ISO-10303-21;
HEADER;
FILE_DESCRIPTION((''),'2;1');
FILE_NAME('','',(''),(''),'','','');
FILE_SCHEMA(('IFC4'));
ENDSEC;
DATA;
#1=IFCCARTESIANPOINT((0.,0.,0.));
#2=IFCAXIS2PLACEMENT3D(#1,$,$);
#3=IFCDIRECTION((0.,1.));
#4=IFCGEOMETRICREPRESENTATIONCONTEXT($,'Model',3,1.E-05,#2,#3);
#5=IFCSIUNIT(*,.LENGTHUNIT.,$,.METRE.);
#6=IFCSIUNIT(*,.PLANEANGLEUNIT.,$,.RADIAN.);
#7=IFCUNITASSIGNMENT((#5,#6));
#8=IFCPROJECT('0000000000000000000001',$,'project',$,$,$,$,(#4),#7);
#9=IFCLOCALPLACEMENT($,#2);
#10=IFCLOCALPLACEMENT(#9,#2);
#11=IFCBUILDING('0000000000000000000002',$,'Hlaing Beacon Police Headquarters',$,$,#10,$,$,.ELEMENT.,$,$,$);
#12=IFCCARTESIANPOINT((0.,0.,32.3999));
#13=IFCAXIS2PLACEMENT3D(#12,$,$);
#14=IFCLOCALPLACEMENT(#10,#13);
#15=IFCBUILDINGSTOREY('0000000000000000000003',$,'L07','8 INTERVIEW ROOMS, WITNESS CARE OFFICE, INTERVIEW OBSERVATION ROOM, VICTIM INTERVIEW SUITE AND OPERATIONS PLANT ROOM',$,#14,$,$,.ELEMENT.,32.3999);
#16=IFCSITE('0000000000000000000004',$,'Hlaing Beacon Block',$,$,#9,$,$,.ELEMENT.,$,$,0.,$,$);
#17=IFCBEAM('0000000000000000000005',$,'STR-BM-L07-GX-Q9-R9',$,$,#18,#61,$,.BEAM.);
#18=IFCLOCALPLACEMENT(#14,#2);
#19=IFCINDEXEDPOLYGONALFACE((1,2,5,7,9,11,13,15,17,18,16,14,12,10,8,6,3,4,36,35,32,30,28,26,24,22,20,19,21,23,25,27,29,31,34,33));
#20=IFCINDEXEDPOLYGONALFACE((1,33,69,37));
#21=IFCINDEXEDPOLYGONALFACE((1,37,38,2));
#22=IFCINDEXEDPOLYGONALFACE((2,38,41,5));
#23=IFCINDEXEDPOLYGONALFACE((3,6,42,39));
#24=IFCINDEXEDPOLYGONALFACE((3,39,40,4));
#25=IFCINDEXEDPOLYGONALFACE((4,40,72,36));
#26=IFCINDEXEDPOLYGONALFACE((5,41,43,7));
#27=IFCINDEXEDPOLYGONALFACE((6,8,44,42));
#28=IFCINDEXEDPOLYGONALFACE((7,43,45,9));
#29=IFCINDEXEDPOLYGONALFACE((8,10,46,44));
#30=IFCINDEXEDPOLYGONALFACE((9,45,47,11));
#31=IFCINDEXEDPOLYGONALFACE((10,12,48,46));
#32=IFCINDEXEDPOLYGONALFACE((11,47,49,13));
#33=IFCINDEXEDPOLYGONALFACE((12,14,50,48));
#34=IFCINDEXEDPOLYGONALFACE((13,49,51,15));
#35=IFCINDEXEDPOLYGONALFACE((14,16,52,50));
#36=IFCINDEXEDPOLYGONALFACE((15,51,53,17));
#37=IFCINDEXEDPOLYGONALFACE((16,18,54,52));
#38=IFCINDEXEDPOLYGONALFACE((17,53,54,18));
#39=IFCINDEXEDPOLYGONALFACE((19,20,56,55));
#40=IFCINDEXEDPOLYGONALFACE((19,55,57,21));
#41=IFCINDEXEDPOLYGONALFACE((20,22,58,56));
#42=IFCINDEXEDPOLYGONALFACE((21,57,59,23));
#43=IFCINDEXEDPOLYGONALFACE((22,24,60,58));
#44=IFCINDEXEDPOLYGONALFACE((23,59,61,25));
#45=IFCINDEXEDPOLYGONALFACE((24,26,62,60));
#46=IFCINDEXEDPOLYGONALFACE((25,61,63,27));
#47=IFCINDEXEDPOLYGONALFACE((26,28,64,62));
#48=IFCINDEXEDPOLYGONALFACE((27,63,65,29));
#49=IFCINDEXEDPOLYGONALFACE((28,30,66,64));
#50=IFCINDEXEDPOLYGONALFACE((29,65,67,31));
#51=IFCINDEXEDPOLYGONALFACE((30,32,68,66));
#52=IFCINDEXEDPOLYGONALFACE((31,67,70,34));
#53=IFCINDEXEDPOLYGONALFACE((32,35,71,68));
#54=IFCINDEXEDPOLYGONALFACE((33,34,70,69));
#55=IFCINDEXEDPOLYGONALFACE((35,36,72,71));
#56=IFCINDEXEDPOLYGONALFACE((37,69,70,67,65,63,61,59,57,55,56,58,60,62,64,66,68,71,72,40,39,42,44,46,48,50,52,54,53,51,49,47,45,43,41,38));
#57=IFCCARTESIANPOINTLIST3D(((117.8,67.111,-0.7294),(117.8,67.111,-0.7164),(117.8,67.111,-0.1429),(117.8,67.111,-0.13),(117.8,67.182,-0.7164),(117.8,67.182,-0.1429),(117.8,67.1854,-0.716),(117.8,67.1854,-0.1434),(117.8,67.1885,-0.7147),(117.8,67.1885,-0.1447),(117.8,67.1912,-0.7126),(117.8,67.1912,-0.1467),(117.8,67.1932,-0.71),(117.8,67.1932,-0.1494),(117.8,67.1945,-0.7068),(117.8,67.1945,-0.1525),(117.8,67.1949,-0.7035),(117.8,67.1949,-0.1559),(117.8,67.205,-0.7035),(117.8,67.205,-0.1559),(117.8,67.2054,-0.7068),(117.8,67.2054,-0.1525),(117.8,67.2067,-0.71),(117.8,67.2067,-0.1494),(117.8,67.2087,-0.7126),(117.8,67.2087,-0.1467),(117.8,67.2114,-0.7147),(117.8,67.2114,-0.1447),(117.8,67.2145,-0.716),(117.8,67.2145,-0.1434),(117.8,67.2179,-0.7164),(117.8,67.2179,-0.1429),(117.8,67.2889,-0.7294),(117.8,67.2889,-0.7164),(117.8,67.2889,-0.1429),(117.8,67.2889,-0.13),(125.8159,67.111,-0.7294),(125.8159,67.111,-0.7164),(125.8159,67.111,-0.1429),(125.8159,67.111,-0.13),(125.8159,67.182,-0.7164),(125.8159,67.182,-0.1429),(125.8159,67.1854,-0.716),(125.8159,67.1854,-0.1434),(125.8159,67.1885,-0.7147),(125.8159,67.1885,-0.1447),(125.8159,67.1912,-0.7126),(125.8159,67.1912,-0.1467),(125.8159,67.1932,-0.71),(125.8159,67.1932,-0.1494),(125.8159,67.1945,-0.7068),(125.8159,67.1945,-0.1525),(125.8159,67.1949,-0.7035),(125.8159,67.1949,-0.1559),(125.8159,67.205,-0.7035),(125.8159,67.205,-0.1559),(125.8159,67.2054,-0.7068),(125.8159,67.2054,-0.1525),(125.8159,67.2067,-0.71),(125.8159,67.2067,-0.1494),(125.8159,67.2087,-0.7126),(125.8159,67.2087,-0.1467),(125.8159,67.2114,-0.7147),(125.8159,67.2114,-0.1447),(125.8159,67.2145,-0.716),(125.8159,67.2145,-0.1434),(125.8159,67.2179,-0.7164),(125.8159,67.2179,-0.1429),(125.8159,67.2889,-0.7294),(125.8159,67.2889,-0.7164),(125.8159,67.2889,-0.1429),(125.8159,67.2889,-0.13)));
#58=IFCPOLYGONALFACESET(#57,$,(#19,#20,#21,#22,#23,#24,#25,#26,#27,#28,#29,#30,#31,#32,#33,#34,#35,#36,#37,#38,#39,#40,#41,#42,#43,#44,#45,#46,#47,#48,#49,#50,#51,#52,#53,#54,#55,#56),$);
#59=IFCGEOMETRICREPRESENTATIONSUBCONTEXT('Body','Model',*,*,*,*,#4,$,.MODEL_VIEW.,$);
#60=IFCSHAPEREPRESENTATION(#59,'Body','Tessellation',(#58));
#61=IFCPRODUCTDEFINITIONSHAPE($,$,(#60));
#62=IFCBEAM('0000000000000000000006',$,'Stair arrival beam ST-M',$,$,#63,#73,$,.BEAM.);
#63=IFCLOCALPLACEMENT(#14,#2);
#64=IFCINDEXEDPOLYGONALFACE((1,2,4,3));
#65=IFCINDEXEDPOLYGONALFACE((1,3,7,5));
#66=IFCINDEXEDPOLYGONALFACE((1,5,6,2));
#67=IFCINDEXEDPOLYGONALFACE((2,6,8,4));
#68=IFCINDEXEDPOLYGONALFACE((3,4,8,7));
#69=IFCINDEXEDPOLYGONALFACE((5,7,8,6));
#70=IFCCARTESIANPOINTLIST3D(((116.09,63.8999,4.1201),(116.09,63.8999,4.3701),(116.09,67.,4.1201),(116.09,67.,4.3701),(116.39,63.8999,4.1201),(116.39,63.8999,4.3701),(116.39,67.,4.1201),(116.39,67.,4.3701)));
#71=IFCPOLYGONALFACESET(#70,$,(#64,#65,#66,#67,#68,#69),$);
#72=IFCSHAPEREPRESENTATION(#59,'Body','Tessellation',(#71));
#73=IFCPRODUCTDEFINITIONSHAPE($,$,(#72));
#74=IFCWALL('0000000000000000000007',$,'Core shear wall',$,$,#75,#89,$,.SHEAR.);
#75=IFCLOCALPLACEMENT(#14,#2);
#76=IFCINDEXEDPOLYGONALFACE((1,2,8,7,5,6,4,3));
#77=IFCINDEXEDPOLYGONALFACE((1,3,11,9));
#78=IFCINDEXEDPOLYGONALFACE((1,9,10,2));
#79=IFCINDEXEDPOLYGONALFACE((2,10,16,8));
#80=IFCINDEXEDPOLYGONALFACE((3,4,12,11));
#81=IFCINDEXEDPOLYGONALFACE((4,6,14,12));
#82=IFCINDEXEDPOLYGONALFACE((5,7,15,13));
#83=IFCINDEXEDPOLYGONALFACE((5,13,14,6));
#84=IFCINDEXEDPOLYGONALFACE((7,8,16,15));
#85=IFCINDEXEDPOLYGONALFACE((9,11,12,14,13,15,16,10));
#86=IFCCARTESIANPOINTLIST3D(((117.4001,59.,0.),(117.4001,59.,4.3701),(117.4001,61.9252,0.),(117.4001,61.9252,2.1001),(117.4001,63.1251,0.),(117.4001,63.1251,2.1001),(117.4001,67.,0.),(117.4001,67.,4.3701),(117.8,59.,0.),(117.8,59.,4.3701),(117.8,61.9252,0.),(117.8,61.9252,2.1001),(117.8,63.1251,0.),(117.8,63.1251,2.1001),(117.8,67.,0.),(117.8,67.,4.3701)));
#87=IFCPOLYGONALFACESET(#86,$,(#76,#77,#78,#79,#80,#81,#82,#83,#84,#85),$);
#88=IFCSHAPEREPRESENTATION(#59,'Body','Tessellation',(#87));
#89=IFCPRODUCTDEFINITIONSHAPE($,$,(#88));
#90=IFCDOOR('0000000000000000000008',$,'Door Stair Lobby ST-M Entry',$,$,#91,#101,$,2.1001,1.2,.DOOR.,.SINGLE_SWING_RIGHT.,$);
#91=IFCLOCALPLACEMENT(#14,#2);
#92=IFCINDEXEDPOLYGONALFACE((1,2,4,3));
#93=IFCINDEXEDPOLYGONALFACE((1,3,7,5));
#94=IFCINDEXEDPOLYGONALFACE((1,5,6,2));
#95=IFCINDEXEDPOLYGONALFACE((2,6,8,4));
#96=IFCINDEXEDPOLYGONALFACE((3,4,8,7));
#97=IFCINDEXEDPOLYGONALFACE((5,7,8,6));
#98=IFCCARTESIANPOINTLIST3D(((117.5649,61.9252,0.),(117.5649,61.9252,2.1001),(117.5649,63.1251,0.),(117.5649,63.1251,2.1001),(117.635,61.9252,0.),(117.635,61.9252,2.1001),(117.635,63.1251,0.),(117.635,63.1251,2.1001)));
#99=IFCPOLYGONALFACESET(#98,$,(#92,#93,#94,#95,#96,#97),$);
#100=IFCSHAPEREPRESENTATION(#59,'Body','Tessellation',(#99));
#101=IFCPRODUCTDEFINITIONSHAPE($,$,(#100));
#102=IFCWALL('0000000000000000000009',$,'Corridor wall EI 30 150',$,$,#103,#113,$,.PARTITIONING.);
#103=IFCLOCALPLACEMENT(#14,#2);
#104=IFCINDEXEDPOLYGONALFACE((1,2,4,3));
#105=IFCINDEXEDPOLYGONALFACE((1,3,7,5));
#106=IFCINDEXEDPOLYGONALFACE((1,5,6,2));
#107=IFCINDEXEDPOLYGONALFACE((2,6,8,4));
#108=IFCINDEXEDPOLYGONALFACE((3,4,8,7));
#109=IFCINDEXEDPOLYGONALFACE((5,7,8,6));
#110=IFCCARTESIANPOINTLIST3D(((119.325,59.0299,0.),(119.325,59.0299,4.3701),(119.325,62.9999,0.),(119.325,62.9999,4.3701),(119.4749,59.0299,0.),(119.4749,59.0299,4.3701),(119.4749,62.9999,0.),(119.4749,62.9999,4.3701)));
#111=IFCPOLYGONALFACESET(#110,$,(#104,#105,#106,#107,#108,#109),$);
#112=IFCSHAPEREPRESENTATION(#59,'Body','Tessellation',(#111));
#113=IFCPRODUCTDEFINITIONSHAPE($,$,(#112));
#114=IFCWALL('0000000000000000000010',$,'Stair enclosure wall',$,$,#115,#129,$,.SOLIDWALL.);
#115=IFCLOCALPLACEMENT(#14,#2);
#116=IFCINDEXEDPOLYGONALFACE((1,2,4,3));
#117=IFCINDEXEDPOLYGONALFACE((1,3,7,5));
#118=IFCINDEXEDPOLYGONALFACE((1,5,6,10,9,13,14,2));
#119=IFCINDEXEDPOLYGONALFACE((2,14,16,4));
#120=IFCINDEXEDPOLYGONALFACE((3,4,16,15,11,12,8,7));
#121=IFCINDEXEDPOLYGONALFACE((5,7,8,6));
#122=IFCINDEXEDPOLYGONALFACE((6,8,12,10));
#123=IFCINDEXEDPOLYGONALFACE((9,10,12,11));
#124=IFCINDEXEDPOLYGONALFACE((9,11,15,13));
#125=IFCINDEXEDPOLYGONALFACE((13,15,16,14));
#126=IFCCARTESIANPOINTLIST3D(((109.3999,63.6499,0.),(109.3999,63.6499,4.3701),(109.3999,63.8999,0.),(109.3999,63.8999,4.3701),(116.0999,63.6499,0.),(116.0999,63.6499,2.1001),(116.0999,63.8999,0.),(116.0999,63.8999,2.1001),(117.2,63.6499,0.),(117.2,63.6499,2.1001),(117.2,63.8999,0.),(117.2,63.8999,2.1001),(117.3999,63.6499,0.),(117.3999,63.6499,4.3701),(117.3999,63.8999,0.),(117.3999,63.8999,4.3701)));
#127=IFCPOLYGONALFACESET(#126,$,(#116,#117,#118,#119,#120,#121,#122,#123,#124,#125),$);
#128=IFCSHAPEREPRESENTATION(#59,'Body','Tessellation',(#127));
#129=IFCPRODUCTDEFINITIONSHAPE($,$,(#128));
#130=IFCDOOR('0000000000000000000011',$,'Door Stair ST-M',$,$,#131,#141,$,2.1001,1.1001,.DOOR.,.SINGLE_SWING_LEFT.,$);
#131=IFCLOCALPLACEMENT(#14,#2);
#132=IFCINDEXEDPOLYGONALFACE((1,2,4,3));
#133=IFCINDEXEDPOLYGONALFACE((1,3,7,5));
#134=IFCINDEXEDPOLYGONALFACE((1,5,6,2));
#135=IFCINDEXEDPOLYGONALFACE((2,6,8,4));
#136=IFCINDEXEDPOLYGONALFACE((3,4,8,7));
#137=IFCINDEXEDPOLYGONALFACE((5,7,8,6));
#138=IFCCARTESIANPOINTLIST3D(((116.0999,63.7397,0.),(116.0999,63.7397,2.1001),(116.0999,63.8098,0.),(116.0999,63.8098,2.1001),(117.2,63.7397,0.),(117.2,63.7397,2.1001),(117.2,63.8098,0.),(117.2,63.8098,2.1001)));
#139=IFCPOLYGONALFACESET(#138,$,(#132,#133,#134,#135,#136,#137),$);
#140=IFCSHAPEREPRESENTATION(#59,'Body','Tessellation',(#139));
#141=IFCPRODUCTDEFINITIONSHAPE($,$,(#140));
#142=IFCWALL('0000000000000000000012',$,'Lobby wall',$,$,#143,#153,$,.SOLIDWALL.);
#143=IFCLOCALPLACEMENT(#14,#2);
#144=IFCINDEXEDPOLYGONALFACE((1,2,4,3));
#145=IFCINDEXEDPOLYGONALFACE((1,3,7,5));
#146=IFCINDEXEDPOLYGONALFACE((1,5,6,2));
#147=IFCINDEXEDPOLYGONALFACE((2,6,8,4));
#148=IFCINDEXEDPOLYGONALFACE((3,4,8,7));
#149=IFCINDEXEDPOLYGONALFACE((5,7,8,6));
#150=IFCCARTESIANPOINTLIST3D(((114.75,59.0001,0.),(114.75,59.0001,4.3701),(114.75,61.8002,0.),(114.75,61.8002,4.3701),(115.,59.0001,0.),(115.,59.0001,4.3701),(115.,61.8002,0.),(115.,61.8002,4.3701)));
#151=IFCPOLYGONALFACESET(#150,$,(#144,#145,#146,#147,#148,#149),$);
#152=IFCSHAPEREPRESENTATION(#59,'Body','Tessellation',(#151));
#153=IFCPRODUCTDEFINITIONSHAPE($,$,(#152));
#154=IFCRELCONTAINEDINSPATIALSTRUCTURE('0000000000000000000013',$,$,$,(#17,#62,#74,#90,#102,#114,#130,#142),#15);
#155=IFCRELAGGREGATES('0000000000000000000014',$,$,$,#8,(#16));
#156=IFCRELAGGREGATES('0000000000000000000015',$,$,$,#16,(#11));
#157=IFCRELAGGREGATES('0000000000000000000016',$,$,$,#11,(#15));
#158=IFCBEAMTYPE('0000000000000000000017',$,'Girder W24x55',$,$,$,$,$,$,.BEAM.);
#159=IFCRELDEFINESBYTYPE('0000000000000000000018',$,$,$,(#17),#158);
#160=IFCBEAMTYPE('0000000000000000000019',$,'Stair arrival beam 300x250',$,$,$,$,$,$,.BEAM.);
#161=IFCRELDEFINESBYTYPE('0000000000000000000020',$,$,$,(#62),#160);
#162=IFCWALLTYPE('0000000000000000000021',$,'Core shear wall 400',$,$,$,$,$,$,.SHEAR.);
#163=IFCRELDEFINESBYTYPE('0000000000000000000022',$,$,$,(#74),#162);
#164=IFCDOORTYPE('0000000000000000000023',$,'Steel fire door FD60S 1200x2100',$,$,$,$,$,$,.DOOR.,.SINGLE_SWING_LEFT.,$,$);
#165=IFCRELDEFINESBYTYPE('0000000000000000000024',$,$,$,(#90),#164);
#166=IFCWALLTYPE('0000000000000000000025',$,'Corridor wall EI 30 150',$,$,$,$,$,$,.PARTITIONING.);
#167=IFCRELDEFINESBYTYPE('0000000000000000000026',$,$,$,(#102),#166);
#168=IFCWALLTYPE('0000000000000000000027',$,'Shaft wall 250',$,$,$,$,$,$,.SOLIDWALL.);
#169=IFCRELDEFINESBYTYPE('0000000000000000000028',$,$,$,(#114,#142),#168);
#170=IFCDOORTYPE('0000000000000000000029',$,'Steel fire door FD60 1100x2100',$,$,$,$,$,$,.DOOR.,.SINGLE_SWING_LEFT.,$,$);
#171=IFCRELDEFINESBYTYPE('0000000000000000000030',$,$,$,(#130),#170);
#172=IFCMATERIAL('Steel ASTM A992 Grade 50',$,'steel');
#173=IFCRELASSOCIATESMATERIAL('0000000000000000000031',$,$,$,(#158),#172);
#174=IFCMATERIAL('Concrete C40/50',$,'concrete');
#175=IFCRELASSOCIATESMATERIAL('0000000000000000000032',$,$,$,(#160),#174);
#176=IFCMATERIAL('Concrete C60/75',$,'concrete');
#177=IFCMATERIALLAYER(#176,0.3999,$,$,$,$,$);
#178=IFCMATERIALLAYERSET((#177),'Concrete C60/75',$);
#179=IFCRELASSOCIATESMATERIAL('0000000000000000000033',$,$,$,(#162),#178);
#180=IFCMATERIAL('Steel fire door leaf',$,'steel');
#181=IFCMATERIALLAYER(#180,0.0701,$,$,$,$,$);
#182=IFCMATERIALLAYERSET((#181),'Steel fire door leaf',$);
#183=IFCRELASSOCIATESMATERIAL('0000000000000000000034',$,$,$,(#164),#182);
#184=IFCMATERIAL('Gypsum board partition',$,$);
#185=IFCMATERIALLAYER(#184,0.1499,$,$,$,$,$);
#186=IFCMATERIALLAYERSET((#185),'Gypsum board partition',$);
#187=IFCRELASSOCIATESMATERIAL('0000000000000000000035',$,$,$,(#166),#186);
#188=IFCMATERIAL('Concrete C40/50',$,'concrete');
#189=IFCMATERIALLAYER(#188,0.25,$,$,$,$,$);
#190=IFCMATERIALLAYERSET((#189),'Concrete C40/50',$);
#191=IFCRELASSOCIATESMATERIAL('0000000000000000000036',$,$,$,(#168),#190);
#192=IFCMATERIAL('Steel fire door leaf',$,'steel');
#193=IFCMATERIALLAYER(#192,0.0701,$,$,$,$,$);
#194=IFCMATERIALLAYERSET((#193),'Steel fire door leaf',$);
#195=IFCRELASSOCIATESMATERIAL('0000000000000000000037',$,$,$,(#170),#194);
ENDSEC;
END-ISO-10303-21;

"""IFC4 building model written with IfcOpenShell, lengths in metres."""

from ifc_helpers import new_model, si_unit, direction, frame, frame_2d, origin, origin_2d, place, context, subcontext, project, spatial, rectangle, i_section, extrude, material, layer, layer_set, material_profile, profile_set, type_object, element, fill, save


model = new_model("IFC4")

# Units and contexts
model_context = context("Model", 3, precision=1e-05, world=origin(), true_north=direction((0.0, 1.0)))
body_context = subcontext(model_context, "Body", "Model", "MODEL_VIEW")
ifc_project = project(units=[si_unit("LENGTHUNIT", "METRE"), si_unit("PLANEANGLEUNIT", "RADIAN")], contexts=[model_context])

# Site, building, storey
site_placement = place(None, origin())
site = spatial("IfcSite", under=ifc_project, at=site_placement, Name="Hlaing Beacon Block", CompositionType="ELEMENT", RefElevation=0.0)
building_placement = place(site_placement, origin())
building = spatial("IfcBuilding", under=site, at=building_placement, Name="Hlaing Beacon Police Headquarters", CompositionType="ELEMENT")
storey_placement = place(building_placement, frame((0.0, 0.0, 32.3999)))
storey = spatial("IfcBuildingStorey", under=building, at=storey_placement, Name="L07", Description="8 INTERVIEW ROOMS, WITNESS CARE OFFICE, INTERVIEW OBSERVATION ROOM, VICTIM INTERVIEW SUITE AND OPERATIONS PLANT ROOM", CompositionType="ELEMENT", Elevation=32.3999)

# Beams
ifc_material_1 = material(Name="Steel ASTM A992 Grade 50", Category="steel")
ifc_material_profile_1 = material_profile(ifc_material_1, i_section(OverallWidth=0.178, OverallDepth=0.5994, WebThickness=0.01, FlangeThickness=0.0129, FilletRadius=0.0129, at=origin_2d()), Name="W24x55")
ifc_profile_set_1 = profile_set([ifc_material_profile_1], Name="Steel ASTM A992 Grade 50")
beam_type_1 = type_object("IfcBeamType", Name="Girder W24x55", PredefinedType="BEAM", material=ifc_profile_set_1)
beam_1_placement = place(storey_placement, frame((117.8, 67.2, -0.4297), z_axis=(1.0, 0.0, 0.0), x_axis=(0.0, 1.0, 0.0)))
element("IfcBeam", 1, at=beam_1_placement, inside=storey, type_object=beam_type_1, Name="STR-BM-L07-GX-Q9-R9", PredefinedType="BEAM", context=body_context, shape_type="SweptSolid", body=[
    extrude(i_section(OverallWidth=0.178, OverallDepth=0.5994, WebThickness=0.01, FlangeThickness=0.0129, FilletRadius=0.0129, at=origin_2d()), origin(), (0.0, 0.0, 1.0), 8.0159),
])
ifc_material_2 = material(Name="Concrete C40/50", Category="concrete")
ifc_material_profile_2 = material_profile(ifc_material_2, rectangle(XDim=0.3, YDim=0.25, at=origin_2d()), Name="Stair arrival beam 300x250")
ifc_profile_set_2 = profile_set([ifc_material_profile_2], Name="Concrete C40/50")
beam_type_2 = type_object("IfcBeamType", Name="Stair arrival beam 300x250", PredefinedType="BEAM", material=ifc_profile_set_2)
beam_2_placement = place(storey_placement, frame((116.24, 67.0, 4.2451), z_axis=(0.0, -1.0, 0.0), x_axis=(1.0, 0.0, 0.0)))
element("IfcBeam", 2, at=beam_2_placement, inside=storey, type_object=beam_type_2, Name="Stair arrival beam ST-M", PredefinedType="BEAM", context=body_context, shape_type="SweptSolid", body=[
    extrude(rectangle(XDim=0.3, YDim=0.25, at=origin_2d()), origin(), (0.0, 0.0, 1.0), 3.1001),
])

# Wall, opening, door
ifc_material_3 = material(Name="Concrete C60/75", Category="concrete")
ifc_layer_1 = layer(ifc_material_3, 0.3999)
ifc_layer_set_1 = layer_set([ifc_layer_1], Name="Concrete C60/75")
wall_type_1 = type_object("IfcWallType", Name="Core shear wall 400", PredefinedType="SHEAR", material=ifc_layer_set_1)
wall_1_placement = place(storey_placement, frame((117.6001, 59.0, 0.0), z_axis=(0.0, 0.0, 1.0), x_axis=(0.0, 1.0, 0.0)))
wall_1 = element("IfcWall", 3, at=wall_1_placement, inside=storey, type_object=wall_type_1, Name="Core shear wall", PredefinedType="SHEAR", context=body_context, shape_type="SweptSolid", body=[
    extrude(rectangle(XDim=8.0, YDim=0.3999, at=frame_2d((4.0, 0.0))), origin(), (0.0, 0.0, 1.0), 4.3701),
])
opening_1_placement = place(wall_1_placement, frame((2.925, 0.0, 0.0)))
opening_1 = element("IfcOpeningElement", 4, at=opening_1_placement, cuts=wall_1, PredefinedType="OPENING", context=body_context, shape_type="SweptSolid", body=[
    extrude(rectangle(XDim=1.2, YDim=2.1001, at=frame_2d((0.6001, 1.05))), frame((0.0, 0.21, 0.0), z_axis=(0.0, -1.0, 0.0), x_axis=(1.0, 0.0, 0.0)), (0.0, 0.0, 1.0), 0.4199),
])
ifc_material_4 = material(Name="Steel fire door leaf", Category="steel")
ifc_layer_2 = layer(ifc_material_4, 0.0701)
ifc_layer_set_2 = layer_set([ifc_layer_2], Name="Steel fire door leaf")
door_type_1 = type_object("IfcDoorType", Name="Steel fire door FD60S 1200x2100", OperationType="SINGLE_SWING_LEFT", PredefinedType="DOOR", material=ifc_layer_set_2)
door_1_placement = place(opening_1_placement, origin())
door_1 = element("IfcDoor", 5, at=door_1_placement, inside=storey, type_object=door_type_1, Name="Door Stair Lobby ST-M Entry", OperationType="SINGLE_SWING_RIGHT", OverallHeight=2.1001, OverallWidth=1.2, PredefinedType="DOOR", context=body_context, shape_type="SweptSolid", body=[
    extrude(rectangle(XDim=1.2, YDim=2.1001, at=frame_2d((0.6001, 1.05))), frame((0.0, 0.0352, 0.0), z_axis=(0.0, -1.0, 0.0), x_axis=(1.0, 0.0, 0.0)), (0.0, 0.0, 1.0), 0.0701),
])
fill(opening_1, door_1)

# Wall
ifc_material_5 = material(Name="Gypsum board partition")
ifc_layer_3 = layer(ifc_material_5, 0.1499)
ifc_layer_set_3 = layer_set([ifc_layer_3], Name="Gypsum board partition")
wall_type_2 = type_object("IfcWallType", Name="Corridor wall EI 30 150", PredefinedType="PARTITIONING", material=ifc_layer_set_3)
wall_2_placement = place(storey_placement, frame((119.3999, 59.03, 0.0), z_axis=(0.0, 0.0, 1.0), x_axis=(0.0, 1.0, 0.0)))
element("IfcWall", 6, at=wall_2_placement, inside=storey, type_object=wall_type_2, Name="Corridor wall EI 30 150", PredefinedType="PARTITIONING", context=body_context, shape_type="SweptSolid", body=[
    extrude(rectangle(XDim=3.97, YDim=0.1499, at=frame_2d((1.9849, 0.0))), origin(), (0.0, 0.0, 1.0), 4.3701),
])

# Wall, opening, door
ifc_material_6 = material(Name="Concrete C40/50", Category="concrete")
ifc_layer_4 = layer(ifc_material_6, 0.25)
ifc_layer_set_4 = layer_set([ifc_layer_4], Name="Concrete C40/50")
wall_type_3 = type_object("IfcWallType", Name="Shaft wall 250", PredefinedType="SOLIDWALL", material=ifc_layer_set_4)
wall_3_placement = place(storey_placement, frame((117.3999, 63.7749, 0.0), z_axis=(0.0, 0.0, 1.0), x_axis=(-1.0, 0.0, 0.0)))
wall_3 = element("IfcWall", 7, at=wall_3_placement, inside=storey, type_object=wall_type_3, Name="Stair enclosure wall", PredefinedType="SOLIDWALL", context=body_context, shape_type="SweptSolid", body=[
    extrude(rectangle(XDim=8.0, YDim=0.25, at=frame_2d((4.0, 0.0))), origin(), (0.0, 0.0, 1.0), 4.3701),
])
opening_2_placement = place(wall_3_placement, frame((0.2, 0.0, 0.0)))
opening_2 = element("IfcOpeningElement", 8, at=opening_2_placement, cuts=wall_3, PredefinedType="OPENING", context=body_context, shape_type="SweptSolid", body=[
    extrude(rectangle(XDim=1.1001, YDim=2.1001, at=frame_2d((0.55, 1.05))), frame((0.0, 0.135, 0.0), z_axis=(0.0, -1.0, 0.0), x_axis=(1.0, 0.0, 0.0)), (0.0, 0.0, 1.0), 0.27),
])
ifc_material_7 = material(Name="Steel fire door leaf", Category="steel")
ifc_layer_5 = layer(ifc_material_7, 0.0701)
ifc_layer_set_5 = layer_set([ifc_layer_5], Name="Steel fire door leaf")
door_type_2 = type_object("IfcDoorType", Name="Steel fire door FD60 1100x2100", OperationType="SINGLE_SWING_LEFT", PredefinedType="DOOR", material=ifc_layer_set_5)
door_2_placement = place(opening_2_placement, frame((1.1001, 0.0, 0.0), z_axis=(0.0, 0.0, 1.0), x_axis=(-1.0, 0.0, 0.0)))
door_2 = element("IfcDoor", 9, at=door_2_placement, inside=storey, type_object=door_type_2, Name="Door Stair ST-M", OperationType="SINGLE_SWING_LEFT", OverallHeight=2.1001, OverallWidth=1.1001, PredefinedType="DOOR", context=body_context, shape_type="SweptSolid", body=[
    extrude(rectangle(XDim=1.1001, YDim=2.1001, at=frame_2d((0.55, 1.05))), frame((0.0, 0.0349, 0.0), z_axis=(0.0, -1.0, 0.0), x_axis=(1.0, 0.0, 0.0)), (0.0, 0.0, 1.0), 0.0701),
])
fill(opening_2, door_2)

# Wall
wall_4_placement = place(storey_placement, frame((114.875, 61.8, 0.0), z_axis=(0.0, 0.0, 1.0), x_axis=(0.0, -1.0, 0.0)))
element("IfcWall", 10, at=wall_4_placement, inside=storey, type_object=wall_type_3, Name="Lobby wall", PredefinedType="SOLIDWALL", context=body_context, shape_type="SweptSolid", body=[
    extrude(rectangle(XDim=2.8, YDim=0.25, at=frame_2d((1.3999, 0.0))), origin(), (0.0, 0.0, 1.0), 4.3701),
])

save(model, "model.ifc")
